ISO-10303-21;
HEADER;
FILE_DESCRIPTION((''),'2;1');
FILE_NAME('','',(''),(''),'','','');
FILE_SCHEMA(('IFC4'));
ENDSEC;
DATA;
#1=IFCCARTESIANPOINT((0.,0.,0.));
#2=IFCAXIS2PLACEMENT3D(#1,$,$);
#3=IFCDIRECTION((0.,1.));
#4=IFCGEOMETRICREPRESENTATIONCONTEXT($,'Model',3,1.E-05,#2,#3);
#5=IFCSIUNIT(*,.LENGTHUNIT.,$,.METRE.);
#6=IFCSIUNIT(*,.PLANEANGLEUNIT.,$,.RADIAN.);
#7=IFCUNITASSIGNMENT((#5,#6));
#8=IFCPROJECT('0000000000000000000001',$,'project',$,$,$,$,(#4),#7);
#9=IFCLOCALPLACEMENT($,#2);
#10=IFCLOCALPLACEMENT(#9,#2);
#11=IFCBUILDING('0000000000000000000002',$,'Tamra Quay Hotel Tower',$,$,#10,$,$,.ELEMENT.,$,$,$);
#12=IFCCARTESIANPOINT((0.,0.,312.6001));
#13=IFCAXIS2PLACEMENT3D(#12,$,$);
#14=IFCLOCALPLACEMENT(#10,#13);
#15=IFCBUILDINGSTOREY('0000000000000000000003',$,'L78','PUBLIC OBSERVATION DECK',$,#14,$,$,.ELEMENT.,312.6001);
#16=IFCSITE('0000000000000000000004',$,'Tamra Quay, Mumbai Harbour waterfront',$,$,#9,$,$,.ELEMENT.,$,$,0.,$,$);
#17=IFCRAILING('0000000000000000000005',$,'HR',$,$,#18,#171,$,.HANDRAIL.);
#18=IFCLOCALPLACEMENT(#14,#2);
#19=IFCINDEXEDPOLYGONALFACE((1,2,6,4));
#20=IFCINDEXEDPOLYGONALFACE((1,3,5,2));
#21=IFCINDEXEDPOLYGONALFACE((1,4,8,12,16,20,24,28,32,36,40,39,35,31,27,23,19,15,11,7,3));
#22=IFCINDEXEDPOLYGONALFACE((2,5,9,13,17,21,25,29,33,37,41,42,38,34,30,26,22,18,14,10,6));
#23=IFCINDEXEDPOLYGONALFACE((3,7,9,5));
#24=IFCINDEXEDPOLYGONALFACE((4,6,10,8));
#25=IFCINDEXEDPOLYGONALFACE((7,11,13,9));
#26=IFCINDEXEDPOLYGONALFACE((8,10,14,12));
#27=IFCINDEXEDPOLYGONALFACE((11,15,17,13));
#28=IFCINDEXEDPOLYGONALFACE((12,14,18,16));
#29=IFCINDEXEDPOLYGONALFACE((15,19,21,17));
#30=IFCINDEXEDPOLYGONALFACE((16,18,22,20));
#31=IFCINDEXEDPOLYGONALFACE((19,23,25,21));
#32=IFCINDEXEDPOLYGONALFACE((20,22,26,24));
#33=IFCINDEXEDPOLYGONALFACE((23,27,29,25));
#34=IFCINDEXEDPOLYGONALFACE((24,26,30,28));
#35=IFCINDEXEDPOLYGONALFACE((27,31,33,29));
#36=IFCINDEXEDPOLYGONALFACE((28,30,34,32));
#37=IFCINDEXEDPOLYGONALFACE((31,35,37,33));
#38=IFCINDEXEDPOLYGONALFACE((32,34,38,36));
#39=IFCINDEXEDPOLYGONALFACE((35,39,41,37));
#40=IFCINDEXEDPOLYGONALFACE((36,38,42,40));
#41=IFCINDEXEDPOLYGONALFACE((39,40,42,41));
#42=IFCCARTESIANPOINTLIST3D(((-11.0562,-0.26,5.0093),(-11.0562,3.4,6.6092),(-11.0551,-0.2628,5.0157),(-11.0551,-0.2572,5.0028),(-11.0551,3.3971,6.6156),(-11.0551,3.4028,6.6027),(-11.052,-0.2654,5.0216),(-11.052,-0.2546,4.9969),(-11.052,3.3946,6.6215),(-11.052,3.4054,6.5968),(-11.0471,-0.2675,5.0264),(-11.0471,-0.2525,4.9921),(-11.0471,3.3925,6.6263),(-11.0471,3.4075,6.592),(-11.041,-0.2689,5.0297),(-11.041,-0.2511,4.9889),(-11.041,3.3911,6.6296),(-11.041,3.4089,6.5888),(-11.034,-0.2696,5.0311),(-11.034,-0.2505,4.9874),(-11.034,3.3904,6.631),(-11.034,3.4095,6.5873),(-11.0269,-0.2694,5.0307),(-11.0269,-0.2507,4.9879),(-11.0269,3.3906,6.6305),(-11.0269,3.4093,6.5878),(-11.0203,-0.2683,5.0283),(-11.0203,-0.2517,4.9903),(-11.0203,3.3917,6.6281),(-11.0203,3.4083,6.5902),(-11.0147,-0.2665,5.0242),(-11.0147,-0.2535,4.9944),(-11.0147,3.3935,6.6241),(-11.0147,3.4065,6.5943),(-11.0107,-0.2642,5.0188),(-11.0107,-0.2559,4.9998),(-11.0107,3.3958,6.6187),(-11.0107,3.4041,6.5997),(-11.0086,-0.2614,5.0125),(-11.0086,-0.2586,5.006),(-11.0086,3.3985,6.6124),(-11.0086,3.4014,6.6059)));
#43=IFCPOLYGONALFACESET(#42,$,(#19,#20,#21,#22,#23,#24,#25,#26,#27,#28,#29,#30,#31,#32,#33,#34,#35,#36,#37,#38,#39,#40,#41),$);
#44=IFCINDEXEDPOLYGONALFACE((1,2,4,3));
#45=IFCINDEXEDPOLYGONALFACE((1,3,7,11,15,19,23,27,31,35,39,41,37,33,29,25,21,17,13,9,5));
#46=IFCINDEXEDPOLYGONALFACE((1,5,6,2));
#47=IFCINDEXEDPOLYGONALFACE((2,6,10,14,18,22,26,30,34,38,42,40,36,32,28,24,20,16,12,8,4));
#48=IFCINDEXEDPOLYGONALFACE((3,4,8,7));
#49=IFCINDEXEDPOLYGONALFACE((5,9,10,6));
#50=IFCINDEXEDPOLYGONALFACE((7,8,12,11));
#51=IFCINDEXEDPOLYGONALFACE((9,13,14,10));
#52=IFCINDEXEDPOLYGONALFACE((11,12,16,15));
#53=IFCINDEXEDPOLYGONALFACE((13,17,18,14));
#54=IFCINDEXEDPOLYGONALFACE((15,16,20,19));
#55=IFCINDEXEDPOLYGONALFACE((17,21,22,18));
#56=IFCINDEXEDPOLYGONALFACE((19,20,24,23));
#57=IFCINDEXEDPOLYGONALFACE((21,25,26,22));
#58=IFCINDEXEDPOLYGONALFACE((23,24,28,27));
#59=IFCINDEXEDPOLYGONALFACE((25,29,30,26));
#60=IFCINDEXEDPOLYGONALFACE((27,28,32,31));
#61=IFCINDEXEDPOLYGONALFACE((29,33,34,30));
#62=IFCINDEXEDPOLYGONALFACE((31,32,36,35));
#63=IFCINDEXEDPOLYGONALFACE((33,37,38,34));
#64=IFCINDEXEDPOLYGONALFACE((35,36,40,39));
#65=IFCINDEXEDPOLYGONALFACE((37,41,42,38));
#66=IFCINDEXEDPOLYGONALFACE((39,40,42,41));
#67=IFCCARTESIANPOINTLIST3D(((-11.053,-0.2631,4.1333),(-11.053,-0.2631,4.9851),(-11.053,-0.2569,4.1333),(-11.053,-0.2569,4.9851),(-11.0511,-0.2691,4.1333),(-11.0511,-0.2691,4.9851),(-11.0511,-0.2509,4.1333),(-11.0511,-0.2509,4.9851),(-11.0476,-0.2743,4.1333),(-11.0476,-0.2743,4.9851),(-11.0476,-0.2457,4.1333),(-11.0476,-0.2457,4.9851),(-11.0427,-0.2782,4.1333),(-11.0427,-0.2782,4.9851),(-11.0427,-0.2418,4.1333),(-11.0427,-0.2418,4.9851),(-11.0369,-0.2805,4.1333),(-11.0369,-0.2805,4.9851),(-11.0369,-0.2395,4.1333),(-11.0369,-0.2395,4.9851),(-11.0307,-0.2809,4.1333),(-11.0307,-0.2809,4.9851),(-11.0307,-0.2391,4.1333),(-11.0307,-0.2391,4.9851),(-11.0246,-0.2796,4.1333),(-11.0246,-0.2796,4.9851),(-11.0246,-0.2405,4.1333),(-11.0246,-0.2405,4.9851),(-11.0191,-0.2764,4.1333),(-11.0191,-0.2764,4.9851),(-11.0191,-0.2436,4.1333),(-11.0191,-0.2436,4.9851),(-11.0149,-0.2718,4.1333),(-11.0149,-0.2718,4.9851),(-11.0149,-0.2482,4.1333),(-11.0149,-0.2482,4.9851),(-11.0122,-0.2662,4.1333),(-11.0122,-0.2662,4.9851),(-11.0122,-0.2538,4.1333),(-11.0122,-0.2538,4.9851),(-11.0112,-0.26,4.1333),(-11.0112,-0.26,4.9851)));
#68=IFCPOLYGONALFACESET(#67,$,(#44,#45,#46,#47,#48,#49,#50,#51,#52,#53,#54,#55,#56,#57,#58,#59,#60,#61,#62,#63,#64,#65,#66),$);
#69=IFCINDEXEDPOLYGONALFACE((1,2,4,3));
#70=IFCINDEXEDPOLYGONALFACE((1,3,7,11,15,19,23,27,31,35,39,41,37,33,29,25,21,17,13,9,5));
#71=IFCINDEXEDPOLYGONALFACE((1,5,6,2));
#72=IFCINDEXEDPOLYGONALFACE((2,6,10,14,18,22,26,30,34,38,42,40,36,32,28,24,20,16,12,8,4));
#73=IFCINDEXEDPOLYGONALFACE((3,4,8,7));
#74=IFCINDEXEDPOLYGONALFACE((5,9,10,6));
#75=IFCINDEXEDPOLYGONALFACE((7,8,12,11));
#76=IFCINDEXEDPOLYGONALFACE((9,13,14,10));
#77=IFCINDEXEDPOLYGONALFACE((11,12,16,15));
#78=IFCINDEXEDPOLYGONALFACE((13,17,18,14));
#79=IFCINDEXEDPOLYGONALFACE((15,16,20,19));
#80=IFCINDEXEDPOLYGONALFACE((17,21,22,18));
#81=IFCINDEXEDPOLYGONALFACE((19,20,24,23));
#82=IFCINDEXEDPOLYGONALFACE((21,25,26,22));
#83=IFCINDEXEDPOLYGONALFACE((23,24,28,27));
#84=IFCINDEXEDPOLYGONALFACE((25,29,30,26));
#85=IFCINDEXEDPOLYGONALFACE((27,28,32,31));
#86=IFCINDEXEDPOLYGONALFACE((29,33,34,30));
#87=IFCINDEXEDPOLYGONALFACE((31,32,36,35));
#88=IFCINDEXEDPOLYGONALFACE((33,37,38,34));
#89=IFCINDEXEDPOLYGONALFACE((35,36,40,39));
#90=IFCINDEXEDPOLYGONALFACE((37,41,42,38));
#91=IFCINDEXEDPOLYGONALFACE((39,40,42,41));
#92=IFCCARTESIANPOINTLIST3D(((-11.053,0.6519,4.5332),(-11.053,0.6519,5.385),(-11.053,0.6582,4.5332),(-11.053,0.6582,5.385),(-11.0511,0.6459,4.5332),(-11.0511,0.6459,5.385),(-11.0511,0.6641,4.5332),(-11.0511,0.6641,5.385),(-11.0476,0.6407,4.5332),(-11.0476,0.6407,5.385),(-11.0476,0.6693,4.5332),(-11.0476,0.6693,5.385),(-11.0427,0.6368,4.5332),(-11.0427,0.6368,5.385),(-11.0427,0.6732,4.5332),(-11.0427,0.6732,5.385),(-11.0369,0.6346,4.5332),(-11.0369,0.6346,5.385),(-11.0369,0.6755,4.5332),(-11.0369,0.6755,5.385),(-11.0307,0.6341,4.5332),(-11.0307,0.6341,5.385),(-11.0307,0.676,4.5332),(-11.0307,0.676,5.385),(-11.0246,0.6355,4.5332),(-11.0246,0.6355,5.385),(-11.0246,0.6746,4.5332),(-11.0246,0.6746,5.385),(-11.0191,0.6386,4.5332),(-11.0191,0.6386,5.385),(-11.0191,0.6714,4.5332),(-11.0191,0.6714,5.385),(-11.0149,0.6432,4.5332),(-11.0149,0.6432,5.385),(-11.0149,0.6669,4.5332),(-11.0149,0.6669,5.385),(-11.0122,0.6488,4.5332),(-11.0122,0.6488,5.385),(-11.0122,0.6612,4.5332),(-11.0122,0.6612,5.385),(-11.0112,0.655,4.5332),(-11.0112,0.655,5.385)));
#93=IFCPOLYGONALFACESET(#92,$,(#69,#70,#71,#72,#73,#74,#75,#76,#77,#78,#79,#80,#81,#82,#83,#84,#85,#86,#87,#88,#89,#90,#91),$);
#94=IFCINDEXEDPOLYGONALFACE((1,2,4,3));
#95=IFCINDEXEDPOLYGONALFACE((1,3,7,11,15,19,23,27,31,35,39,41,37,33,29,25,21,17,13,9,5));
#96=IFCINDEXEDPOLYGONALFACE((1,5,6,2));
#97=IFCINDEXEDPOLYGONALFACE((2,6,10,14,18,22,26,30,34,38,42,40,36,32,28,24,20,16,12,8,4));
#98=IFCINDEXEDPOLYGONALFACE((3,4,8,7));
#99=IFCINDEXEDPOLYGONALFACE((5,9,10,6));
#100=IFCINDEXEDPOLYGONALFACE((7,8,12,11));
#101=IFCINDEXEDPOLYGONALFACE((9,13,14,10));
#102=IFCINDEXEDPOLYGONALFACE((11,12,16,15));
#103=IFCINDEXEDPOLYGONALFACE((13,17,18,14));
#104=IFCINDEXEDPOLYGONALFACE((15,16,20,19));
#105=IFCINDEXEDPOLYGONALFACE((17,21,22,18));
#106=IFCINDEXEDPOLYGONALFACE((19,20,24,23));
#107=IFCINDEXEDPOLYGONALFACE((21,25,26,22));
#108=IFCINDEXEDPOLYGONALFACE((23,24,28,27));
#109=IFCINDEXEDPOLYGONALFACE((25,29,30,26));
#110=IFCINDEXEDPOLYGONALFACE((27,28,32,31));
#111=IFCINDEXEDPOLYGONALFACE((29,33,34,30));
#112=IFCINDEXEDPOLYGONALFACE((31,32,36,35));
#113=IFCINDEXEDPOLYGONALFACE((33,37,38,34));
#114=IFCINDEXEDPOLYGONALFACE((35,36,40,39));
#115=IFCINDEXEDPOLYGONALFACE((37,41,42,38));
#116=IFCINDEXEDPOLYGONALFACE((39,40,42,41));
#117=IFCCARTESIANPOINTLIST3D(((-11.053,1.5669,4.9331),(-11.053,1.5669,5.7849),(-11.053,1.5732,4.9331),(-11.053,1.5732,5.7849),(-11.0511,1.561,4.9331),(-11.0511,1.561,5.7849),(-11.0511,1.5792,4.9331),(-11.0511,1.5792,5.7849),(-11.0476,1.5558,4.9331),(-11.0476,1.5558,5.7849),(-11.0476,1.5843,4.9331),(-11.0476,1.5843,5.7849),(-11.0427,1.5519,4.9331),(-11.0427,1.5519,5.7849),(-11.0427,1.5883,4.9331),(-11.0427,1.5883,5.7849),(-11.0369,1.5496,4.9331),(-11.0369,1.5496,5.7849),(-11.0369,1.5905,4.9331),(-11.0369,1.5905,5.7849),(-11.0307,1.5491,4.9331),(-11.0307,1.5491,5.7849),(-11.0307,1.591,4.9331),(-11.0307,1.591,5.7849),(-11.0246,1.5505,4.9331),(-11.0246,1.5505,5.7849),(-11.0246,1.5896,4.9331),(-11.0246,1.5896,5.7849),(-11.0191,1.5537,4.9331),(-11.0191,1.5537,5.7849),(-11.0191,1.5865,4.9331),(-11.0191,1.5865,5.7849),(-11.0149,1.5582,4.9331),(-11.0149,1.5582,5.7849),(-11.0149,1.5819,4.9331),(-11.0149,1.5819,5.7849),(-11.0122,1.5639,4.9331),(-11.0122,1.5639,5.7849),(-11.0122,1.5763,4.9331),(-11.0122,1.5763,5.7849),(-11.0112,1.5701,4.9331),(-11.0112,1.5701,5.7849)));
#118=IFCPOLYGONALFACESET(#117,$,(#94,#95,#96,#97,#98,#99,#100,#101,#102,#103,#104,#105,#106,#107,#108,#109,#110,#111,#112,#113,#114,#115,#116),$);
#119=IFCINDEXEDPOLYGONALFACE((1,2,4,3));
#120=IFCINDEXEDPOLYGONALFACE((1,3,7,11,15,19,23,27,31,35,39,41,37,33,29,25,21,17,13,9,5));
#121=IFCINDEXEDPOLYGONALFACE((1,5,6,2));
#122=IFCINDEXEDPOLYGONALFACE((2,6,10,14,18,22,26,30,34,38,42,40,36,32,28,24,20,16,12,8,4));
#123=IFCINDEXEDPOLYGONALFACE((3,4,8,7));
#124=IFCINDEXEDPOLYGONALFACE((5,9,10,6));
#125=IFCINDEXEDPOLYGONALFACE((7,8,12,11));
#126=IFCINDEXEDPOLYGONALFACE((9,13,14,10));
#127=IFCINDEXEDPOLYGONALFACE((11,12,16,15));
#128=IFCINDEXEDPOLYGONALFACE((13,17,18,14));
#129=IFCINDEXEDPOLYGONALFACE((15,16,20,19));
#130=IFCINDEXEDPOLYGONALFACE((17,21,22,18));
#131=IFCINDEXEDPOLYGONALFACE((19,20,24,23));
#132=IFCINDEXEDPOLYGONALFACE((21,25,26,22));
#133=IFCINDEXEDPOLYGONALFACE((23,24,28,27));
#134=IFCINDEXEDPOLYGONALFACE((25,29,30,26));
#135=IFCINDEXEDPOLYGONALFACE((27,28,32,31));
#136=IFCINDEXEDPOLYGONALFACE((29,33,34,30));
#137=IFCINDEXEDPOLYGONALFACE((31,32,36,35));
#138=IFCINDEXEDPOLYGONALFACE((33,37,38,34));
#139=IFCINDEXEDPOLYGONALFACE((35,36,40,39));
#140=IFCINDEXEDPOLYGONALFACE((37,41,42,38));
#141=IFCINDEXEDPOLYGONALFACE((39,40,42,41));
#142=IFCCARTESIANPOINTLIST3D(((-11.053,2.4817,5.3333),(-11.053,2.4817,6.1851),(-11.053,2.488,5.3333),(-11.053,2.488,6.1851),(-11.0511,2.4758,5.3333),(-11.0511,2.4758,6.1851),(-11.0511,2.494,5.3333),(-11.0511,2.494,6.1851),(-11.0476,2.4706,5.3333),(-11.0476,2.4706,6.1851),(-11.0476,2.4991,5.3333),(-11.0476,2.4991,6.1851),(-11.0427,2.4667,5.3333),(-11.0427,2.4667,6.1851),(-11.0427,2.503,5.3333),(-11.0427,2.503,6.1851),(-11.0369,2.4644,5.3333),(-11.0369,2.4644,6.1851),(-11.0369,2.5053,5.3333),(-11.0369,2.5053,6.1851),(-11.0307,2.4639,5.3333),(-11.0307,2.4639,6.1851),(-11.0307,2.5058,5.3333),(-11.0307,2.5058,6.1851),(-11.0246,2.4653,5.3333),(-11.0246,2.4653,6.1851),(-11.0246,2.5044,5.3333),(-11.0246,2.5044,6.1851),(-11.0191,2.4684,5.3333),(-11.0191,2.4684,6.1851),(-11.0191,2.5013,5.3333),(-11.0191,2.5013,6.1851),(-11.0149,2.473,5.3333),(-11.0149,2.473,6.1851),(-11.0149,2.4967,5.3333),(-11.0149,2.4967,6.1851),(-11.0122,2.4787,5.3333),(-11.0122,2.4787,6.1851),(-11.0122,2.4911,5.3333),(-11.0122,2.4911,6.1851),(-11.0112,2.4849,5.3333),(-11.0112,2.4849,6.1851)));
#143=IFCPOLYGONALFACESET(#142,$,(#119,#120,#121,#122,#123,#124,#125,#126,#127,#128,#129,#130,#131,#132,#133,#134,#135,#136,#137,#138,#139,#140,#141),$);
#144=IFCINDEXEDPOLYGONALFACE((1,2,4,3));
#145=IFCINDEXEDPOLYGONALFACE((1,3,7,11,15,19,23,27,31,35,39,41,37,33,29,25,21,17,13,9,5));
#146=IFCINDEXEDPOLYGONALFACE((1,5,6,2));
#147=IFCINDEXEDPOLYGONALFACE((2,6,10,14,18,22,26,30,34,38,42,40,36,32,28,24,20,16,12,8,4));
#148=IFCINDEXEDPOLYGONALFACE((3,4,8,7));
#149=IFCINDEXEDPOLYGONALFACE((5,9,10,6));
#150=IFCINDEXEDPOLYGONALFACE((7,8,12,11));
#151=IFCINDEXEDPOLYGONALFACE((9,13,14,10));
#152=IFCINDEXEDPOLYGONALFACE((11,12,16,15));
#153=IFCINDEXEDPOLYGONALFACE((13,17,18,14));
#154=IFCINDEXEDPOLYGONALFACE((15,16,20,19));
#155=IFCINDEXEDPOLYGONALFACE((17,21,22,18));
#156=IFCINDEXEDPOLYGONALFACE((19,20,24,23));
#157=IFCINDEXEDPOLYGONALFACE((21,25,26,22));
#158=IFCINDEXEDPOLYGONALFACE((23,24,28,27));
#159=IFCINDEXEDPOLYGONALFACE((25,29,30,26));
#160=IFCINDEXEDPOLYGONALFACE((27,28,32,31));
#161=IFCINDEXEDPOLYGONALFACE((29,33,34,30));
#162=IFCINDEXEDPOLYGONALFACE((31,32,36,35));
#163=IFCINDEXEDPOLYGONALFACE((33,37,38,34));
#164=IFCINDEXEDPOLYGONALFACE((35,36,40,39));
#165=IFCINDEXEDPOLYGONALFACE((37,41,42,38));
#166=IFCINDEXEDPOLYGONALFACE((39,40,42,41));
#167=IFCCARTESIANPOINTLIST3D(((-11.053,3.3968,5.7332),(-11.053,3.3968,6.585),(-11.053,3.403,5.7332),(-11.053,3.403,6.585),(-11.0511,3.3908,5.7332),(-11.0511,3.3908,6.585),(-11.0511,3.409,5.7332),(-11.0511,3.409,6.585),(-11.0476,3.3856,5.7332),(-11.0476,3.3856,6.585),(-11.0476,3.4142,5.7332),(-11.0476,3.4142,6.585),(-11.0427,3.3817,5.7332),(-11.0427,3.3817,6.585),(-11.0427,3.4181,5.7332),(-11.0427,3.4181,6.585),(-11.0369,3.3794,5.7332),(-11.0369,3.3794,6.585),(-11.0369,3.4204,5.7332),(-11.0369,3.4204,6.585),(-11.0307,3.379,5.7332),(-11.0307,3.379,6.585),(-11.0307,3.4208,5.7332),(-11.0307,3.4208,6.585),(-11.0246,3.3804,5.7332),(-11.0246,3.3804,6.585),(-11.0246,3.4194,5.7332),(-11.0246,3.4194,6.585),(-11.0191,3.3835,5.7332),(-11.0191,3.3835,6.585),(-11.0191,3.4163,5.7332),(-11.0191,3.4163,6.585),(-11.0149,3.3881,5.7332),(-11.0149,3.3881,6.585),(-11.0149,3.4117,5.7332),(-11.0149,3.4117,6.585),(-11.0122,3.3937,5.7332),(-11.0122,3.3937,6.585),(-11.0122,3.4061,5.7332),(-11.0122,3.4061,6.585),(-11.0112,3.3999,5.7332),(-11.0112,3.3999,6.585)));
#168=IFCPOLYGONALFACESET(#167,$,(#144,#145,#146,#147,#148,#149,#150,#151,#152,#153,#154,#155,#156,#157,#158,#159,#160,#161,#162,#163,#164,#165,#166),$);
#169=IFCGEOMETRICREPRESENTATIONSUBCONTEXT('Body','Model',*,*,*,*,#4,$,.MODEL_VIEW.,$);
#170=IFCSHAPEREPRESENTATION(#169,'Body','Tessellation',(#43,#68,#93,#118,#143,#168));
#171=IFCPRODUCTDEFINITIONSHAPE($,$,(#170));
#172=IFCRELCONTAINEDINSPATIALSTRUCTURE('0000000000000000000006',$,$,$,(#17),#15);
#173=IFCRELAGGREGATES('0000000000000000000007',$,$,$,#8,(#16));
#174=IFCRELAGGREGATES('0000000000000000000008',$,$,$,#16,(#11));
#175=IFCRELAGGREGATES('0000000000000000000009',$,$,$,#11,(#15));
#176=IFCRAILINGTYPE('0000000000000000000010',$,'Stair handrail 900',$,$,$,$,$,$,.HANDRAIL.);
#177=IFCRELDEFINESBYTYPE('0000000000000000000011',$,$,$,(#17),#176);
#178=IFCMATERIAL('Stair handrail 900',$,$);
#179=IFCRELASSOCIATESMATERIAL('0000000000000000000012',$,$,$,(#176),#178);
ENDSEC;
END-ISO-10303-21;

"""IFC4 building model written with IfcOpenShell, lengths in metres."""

from ifc_helpers import new_model, si_unit, direction, frame, origin, origin_2d, place, context, subcontext, project, spatial, circle, extrude, material, type_object, element, save


model = new_model("IFC4")

# Units and contexts
model_context = context("Model", 3, precision=1e-05, world=origin(), true_north=direction((0.0, 1.0)))
body_context = subcontext(model_context, "Body", "Model", "MODEL_VIEW")
ifc_project = project(units=[si_unit("LENGTHUNIT", "METRE"), si_unit("PLANEANGLEUNIT", "RADIAN")], contexts=[model_context])

# Site, building, storey
site_placement = place(None, origin())
site = spatial("IfcSite", under=ifc_project, at=site_placement, Name="Tamra Quay, Mumbai Harbour waterfront", CompositionType="ELEMENT", RefElevation=0.0)
building_placement = place(site_placement, origin())
building = spatial("IfcBuilding", under=site, at=building_placement, Name="Tamra Quay Hotel Tower", CompositionType="ELEMENT")
storey_placement = place(building_placement, frame((0.0, 0.0, 312.6001)))
storey = spatial("IfcBuildingStorey", under=building, at=storey_placement, Name="L78", Description="PUBLIC OBSERVATION DECK", CompositionType="ELEMENT", Elevation=312.6001)

# Railing
ifc_material_1 = material(Name="Stair handrail 900")
railing_type = type_object("IfcRailingType", Name="Stair handrail 900", PredefinedType="HANDRAIL", material=ifc_material_1)
railing_1_placement = place(storey_placement, frame((-11.0322, -0.26, 4.1333)))
element("IfcRailing", 1, at=railing_1_placement, inside=storey, type_object=railing_type, Name="HR", PredefinedType="HANDRAIL", context=body_context, shape_type="SweptSolid", body=[
    extrude(circle(Radius=0.0239, at=origin_2d()), frame((0.0, 0.0, 0.876), z_axis=(0.0, 0.916282, 0.400533), x_axis=(-1.0, 0.0, 0.0)), (0.0, 0.0, 1.0), 3.9944),
    extrude(circle(Radius=0.021, at=origin_2d()), origin(), (0.0, 0.0, 1.0), 0.8518),
    extrude(circle(Radius=0.021, at=origin_2d()), frame((0.0, 0.915, 0.3999)), (0.0, 0.0, 1.0), 0.8518),
    extrude(circle(Radius=0.021, at=origin_2d()), frame((0.0, 1.8301, 0.7998)), (0.0, 0.0, 1.0), 0.8518),
    extrude(circle(Radius=0.021, at=origin_2d()), frame((0.0, 2.7449, 1.2)), (0.0, 0.0, 1.0), 0.8518),
    extrude(circle(Radius=0.021, at=origin_2d()), frame((0.0, 3.6599, 1.5999)), (0.0, 0.0, 1.0), 0.8518),
])

save(model, "model.ifc")
